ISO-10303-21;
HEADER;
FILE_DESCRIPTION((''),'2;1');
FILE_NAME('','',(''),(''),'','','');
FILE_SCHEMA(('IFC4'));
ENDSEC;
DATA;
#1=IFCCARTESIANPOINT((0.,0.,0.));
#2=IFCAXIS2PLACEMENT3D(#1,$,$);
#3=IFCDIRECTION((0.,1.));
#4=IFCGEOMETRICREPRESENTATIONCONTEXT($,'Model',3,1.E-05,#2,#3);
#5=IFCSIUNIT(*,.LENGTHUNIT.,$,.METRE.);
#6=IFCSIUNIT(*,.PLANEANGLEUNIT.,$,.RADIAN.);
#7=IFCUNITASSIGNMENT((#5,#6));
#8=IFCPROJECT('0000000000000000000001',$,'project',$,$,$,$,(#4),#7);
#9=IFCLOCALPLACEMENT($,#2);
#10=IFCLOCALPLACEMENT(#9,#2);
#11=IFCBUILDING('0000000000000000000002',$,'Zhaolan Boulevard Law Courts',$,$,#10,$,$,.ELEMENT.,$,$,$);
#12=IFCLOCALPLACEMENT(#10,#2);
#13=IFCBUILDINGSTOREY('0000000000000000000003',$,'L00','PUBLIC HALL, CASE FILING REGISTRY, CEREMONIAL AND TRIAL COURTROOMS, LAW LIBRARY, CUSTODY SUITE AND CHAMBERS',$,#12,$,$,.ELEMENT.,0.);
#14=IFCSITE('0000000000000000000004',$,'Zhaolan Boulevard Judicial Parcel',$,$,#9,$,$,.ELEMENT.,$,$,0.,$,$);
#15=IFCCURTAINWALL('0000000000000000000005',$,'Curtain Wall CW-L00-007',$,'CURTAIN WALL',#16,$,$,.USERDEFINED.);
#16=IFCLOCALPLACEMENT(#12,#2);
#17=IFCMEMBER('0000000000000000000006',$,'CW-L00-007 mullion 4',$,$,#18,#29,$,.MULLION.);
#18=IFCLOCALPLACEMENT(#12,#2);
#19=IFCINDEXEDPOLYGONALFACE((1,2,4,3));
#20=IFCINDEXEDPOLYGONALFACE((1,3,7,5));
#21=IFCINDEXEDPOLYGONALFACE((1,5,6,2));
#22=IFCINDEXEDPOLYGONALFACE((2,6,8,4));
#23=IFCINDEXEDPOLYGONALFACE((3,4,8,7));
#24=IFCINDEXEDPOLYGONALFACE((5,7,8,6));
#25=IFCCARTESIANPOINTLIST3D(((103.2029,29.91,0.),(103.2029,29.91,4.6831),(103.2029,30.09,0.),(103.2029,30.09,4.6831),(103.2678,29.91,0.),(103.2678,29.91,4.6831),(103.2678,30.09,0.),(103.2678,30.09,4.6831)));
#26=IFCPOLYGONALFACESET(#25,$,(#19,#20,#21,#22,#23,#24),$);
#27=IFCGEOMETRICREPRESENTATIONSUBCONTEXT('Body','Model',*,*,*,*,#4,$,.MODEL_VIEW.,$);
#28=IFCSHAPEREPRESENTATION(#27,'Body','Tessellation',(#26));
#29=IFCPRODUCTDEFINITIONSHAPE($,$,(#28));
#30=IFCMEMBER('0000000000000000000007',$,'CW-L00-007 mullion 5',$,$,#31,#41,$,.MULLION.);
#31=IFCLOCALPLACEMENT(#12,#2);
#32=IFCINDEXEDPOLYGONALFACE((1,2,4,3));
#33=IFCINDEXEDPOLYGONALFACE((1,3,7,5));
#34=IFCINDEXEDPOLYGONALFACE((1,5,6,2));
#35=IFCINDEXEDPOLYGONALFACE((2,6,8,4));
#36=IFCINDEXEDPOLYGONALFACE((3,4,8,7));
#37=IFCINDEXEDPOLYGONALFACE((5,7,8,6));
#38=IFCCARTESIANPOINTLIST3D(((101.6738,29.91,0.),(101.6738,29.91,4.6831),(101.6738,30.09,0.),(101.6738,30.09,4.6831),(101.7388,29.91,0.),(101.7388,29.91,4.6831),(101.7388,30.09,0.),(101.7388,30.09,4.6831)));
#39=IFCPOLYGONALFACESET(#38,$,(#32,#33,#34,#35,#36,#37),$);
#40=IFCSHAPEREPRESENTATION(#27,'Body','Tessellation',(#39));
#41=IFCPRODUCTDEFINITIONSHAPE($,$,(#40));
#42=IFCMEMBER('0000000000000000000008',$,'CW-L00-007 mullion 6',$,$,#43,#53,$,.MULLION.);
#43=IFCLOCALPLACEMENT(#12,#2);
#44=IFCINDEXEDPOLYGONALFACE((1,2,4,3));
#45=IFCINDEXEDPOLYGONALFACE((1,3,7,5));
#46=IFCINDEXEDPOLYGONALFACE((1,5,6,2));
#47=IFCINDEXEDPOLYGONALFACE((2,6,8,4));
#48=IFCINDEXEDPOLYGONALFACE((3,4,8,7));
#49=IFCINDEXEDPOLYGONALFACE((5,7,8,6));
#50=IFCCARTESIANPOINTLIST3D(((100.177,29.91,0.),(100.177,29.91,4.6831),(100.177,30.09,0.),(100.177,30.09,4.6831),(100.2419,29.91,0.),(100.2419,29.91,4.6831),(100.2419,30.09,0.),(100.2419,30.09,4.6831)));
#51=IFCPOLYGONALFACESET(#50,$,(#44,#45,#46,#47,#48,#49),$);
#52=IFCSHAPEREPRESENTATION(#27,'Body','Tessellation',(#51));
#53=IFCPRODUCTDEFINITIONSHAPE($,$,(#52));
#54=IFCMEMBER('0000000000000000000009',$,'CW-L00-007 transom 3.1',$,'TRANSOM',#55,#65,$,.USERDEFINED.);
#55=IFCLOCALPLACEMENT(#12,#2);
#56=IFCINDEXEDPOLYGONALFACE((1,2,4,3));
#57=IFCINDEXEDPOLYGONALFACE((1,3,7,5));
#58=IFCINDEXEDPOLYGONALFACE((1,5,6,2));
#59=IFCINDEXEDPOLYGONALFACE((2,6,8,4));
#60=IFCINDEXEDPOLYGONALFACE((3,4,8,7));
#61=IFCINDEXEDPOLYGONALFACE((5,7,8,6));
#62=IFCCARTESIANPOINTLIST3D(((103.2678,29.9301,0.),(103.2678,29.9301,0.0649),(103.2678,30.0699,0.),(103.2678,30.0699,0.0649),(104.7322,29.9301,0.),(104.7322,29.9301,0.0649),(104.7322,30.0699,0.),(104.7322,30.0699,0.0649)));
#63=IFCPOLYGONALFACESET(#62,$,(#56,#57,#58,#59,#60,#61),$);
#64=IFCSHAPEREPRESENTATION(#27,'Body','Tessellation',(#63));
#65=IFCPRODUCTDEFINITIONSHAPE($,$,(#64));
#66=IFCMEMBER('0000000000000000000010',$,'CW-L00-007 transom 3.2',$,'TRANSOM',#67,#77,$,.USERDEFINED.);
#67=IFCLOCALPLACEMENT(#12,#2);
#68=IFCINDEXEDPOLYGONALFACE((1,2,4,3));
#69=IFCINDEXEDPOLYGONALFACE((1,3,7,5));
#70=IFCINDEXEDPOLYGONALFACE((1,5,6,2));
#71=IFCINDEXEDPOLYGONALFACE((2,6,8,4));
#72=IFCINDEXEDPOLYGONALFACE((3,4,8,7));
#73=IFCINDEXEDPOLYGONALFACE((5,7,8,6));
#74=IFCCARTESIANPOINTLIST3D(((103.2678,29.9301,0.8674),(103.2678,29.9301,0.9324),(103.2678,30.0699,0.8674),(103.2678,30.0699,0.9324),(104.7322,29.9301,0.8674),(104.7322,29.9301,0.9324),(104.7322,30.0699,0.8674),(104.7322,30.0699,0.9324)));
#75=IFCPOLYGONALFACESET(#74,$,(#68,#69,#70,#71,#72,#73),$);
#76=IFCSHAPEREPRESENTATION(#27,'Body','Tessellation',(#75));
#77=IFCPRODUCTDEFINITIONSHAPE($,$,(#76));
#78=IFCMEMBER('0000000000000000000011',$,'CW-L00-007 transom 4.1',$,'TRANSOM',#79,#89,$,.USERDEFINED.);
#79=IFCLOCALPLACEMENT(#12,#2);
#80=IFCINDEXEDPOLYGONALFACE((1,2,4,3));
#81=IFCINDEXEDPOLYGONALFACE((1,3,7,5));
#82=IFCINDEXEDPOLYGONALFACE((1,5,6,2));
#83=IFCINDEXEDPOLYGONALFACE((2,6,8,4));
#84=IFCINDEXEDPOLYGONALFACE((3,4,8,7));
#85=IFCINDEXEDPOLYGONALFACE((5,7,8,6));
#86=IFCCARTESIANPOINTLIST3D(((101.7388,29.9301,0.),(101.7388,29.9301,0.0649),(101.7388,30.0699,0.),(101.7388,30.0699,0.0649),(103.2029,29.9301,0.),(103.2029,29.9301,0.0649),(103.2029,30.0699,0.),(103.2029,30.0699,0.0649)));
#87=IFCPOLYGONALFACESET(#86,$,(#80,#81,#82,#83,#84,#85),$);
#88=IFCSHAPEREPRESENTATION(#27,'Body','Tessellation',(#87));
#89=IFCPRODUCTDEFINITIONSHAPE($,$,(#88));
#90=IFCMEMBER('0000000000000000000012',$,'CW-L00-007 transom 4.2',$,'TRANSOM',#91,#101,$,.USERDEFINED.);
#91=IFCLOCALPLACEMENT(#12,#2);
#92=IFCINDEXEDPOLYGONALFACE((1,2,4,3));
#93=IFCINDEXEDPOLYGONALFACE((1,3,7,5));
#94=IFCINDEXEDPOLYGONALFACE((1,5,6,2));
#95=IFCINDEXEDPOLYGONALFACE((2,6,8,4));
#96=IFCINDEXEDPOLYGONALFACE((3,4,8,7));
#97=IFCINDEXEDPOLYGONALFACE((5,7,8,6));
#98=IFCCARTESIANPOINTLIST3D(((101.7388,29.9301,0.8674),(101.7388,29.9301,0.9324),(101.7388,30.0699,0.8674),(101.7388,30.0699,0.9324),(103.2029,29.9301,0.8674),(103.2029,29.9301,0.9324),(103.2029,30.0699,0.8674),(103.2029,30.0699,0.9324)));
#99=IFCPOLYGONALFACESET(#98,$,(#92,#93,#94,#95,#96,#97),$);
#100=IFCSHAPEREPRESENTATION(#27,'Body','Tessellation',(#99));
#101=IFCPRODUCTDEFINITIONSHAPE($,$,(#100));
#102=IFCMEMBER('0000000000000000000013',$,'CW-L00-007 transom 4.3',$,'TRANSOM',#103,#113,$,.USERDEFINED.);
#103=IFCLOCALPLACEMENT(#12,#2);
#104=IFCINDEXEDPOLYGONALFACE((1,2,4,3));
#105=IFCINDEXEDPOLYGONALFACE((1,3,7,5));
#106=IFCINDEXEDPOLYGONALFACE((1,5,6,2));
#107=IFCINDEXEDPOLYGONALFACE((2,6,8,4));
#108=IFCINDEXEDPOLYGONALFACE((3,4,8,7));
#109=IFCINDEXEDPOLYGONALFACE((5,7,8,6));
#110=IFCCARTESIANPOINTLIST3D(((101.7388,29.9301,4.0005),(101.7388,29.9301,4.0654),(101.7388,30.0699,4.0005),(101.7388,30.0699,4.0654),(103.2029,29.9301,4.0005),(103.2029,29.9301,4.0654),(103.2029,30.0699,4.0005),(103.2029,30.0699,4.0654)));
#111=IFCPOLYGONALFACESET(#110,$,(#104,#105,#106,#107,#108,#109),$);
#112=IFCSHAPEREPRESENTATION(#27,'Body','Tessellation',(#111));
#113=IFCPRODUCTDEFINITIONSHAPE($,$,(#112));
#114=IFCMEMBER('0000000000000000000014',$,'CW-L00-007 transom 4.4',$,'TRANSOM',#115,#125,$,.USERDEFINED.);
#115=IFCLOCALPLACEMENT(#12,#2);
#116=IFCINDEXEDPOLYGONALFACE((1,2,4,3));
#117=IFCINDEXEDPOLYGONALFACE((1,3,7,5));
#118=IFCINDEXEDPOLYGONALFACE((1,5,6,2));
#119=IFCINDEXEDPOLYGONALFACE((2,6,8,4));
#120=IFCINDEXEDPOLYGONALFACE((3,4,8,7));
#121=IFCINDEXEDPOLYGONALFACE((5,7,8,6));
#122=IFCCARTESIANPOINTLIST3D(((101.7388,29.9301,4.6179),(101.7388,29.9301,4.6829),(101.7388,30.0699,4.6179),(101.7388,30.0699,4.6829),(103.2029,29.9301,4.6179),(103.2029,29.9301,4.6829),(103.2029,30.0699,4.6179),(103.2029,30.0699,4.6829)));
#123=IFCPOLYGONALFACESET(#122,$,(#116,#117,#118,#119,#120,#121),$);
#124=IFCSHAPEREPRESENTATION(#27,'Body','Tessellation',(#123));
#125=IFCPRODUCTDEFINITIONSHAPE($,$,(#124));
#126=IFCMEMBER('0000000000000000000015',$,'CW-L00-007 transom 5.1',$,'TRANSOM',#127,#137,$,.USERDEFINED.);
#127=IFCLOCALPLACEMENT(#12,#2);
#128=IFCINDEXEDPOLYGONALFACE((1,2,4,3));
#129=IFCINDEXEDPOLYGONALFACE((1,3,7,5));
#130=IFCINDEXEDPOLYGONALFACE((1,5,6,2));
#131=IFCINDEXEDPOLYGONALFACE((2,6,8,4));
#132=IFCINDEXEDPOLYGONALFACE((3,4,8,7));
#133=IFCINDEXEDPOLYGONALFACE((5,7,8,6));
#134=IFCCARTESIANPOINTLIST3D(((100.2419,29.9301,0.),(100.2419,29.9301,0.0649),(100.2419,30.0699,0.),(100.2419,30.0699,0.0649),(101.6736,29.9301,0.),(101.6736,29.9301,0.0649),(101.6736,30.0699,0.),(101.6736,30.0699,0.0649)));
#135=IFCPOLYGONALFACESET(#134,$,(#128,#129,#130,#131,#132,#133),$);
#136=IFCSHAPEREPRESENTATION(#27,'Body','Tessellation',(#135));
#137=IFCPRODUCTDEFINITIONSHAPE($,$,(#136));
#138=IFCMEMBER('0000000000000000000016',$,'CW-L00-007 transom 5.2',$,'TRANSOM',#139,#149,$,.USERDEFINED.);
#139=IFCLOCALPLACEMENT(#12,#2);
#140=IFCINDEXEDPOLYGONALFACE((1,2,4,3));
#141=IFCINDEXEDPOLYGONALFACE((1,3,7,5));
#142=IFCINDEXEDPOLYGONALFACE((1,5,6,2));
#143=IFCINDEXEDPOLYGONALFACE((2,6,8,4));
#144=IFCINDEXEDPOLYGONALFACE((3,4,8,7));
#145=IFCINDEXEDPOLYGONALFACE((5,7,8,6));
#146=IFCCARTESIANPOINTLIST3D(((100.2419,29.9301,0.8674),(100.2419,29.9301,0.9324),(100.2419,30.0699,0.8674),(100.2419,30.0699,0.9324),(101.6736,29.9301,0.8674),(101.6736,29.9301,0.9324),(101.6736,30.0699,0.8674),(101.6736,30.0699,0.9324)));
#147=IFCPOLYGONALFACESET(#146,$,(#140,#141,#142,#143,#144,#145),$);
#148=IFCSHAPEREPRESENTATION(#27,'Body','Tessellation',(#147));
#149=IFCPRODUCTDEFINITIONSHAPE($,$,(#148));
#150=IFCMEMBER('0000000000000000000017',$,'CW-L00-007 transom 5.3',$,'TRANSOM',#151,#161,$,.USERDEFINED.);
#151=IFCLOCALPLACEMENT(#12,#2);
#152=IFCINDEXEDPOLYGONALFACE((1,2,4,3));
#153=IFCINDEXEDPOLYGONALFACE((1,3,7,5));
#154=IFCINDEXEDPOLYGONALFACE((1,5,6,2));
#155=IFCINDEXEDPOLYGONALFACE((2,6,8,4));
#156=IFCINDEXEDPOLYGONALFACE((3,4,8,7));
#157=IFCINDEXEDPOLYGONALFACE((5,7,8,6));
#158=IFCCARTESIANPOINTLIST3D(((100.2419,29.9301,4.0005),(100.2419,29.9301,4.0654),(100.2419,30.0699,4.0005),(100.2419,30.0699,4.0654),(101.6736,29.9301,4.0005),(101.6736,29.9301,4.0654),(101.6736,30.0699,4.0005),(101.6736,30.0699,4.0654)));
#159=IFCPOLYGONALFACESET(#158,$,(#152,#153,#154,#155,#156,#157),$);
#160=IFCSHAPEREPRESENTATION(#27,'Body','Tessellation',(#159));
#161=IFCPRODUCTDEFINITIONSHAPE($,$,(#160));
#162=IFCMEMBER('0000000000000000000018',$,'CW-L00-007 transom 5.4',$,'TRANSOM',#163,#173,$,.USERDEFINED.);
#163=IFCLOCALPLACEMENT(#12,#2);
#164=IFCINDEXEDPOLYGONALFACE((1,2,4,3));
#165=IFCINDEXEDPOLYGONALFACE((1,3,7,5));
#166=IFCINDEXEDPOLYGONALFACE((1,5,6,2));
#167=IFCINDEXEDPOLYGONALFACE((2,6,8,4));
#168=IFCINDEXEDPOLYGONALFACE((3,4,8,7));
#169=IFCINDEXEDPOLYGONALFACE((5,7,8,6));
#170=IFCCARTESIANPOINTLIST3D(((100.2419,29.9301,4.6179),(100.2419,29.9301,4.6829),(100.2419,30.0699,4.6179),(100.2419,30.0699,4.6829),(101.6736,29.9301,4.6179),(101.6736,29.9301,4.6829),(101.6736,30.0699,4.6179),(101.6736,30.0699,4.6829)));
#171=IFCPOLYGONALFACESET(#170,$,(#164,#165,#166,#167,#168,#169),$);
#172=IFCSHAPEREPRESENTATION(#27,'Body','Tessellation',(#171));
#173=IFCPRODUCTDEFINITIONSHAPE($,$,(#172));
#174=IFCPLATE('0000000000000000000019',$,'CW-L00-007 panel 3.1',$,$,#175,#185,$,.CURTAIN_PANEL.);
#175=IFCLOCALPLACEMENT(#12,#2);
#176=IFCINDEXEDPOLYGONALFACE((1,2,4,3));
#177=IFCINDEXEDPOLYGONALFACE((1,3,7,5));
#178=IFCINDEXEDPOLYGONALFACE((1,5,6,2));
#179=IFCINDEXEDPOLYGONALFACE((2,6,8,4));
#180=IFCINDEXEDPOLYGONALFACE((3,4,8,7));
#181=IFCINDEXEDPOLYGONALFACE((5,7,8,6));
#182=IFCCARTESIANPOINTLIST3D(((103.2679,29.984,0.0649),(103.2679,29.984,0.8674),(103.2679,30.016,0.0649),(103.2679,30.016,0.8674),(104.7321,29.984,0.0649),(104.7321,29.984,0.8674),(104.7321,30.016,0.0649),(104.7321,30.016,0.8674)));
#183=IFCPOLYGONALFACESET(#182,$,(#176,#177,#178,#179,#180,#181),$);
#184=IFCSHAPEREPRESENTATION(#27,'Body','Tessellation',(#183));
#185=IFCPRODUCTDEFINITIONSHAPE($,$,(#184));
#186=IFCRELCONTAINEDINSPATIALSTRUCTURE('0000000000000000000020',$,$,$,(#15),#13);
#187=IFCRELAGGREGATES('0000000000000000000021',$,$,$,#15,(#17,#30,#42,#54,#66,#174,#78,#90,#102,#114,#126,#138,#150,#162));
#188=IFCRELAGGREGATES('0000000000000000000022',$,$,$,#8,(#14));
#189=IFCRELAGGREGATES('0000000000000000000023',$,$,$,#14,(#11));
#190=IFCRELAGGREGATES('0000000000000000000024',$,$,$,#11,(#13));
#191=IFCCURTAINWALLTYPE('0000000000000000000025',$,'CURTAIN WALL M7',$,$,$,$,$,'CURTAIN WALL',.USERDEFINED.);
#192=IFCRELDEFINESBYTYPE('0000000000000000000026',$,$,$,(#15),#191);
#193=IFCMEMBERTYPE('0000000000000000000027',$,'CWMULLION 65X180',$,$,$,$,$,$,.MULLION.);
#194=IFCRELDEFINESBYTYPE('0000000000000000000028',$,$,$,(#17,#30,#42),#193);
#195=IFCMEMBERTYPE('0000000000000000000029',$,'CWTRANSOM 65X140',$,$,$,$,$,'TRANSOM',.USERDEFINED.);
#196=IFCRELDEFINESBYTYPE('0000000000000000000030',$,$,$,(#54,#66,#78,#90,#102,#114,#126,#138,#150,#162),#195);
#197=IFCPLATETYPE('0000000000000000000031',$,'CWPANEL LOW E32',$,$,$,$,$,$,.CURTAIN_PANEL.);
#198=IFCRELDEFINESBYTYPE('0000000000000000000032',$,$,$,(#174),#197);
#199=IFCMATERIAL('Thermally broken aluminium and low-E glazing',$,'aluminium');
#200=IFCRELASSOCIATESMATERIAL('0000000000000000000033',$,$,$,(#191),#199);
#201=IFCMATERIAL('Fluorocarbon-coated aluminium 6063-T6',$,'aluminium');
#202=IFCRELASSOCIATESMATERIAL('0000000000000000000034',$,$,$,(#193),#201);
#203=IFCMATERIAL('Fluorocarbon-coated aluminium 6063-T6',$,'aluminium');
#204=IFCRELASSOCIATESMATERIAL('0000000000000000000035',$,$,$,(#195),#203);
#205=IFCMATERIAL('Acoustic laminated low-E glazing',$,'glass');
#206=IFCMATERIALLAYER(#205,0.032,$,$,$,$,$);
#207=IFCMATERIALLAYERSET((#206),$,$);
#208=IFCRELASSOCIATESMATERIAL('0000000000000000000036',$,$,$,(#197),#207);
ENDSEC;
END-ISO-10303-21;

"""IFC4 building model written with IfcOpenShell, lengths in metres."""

from ifc_helpers import new_model, si_unit, direction, frame, origin, origin_2d, place, context, subcontext, project, spatial, rectangle, extrude, material, layer, layer_set, material_profile, profile_set, type_object, element, aggregate, save


model = new_model("IFC4")

# Units and contexts
model_context = context("Model", 3, precision=1e-05, world=origin(), true_north=direction((0.0, 1.0)))
body_context = subcontext(model_context, "Body", "Model", "MODEL_VIEW")
ifc_project = project(units=[si_unit("LENGTHUNIT", "METRE"), si_unit("PLANEANGLEUNIT", "RADIAN")], contexts=[model_context])

# Site, building, storey
site_placement = place(None, origin())
site = spatial("IfcSite", under=ifc_project, at=site_placement, Name="Zhaolan Boulevard Judicial Parcel", CompositionType="ELEMENT", RefElevation=0.0)
building_placement = place(site_placement, origin())
building = spatial("IfcBuilding", under=site, at=building_placement, Name="Zhaolan Boulevard Law Courts", CompositionType="ELEMENT")
storey_placement = place(building_placement, origin())
storey = spatial("IfcBuildingStorey", under=building, at=storey_placement, Name="L00", Description="PUBLIC HALL, CASE FILING REGISTRY, CEREMONIAL AND TRIAL COURTROOMS, LAW LIBRARY, CUSTODY SUITE AND CHAMBERS", CompositionType="ELEMENT", Elevation=0.0)

# Curtain wall, members, plate
ifc_material_1 = material(Name="Thermally broken aluminium and low-E glazing", Category="aluminium")
curtain_wall_type = type_object("IfcCurtainWallType", Name="CURTAIN WALL M7", ElementType="CURTAIN WALL", PredefinedType="USERDEFINED", material=ifc_material_1)
curtain_wall_placement = place(storey_placement, origin())
curtain_wall = element("IfcCurtainWall", 1, at=curtain_wall_placement, inside=storey, type_object=curtain_wall_type, Name="Curtain Wall CW-L00-007", ObjectType="CURTAIN WALL", PredefinedType="USERDEFINED")
ifc_material_2 = material(Name="Fluorocarbon-coated aluminium 6063-T6", Category="aluminium")
ifc_material_profile_1 = material_profile(ifc_material_2, rectangle(XDim=0.1799, YDim=0.0649, at=origin_2d()), Name="AL65x180")
ifc_profile_set_1 = profile_set([ifc_material_profile_1], Name="Fluorocarbon-coated aluminium 6063-T6")
member_type_1 = type_object("IfcMemberType", Name="CWMULLION 65X180", PredefinedType="MULLION", material=ifc_profile_set_1)
member_1_placement = place(storey_placement, frame((103.2354, 30.0, 0.0), z_axis=(0.0, 0.0, 1.0), x_axis=(0.0, -1.0, 0.0)))
member_1 = element("IfcMember", 2, at=member_1_placement, type_object=member_type_1, Name="CW-L00-007 mullion 4", PredefinedType="MULLION", context=body_context, shape_type="SweptSolid", body=[
    extrude(rectangle(XDim=0.1799, YDim=0.0649, at=origin_2d()), origin(), (0.0, 0.0, 1.0), 4.6831),
])
member_2_placement = place(storey_placement, frame((101.7063, 30.0, 0.0), z_axis=(0.0, 0.0, 1.0), x_axis=(0.0, -1.0, 0.0)))
member_2 = element("IfcMember", 3, at=member_2_placement, type_object=member_type_1, Name="CW-L00-007 mullion 5", PredefinedType="MULLION", context=body_context, shape_type="SweptSolid", body=[
    extrude(rectangle(XDim=0.1799, YDim=0.0649, at=origin_2d()), origin(), (0.0, 0.0, 1.0), 4.6831),
])
member_3_placement = place(storey_placement, frame((100.2095, 30.0, 0.0), z_axis=(0.0, 0.0, 1.0), x_axis=(0.0, -1.0, 0.0)))
member_3 = element("IfcMember", 4, at=member_3_placement, type_object=member_type_1, Name="CW-L00-007 mullion 6", PredefinedType="MULLION", context=body_context, shape_type="SweptSolid", body=[
    extrude(rectangle(XDim=0.1799, YDim=0.0649, at=origin_2d()), origin(), (0.0, 0.0, 1.0), 4.6831),
])
ifc_material_3 = material(Name="Fluorocarbon-coated aluminium 6063-T6", Category="aluminium")
ifc_material_profile_2 = material_profile(ifc_material_3, rectangle(XDim=0.1399, YDim=0.0649, at=origin_2d()), Name="AL65x140")
ifc_profile_set_2 = profile_set([ifc_material_profile_2], Name="Fluorocarbon-coated aluminium 6063-T6")
member_type_2 = type_object("IfcMemberType", Name="CWTRANSOM 65X140", ElementType="TRANSOM", PredefinedType="USERDEFINED", material=ifc_profile_set_2)
member_4_placement = place(storey_placement, frame((104.7322, 30.0, 0.0325), z_axis=(-1.0, 0.0, 0.0), x_axis=(0.0, -1.0, 0.0)))
member_4 = element("IfcMember", 5, at=member_4_placement, type_object=member_type_2, Name="CW-L00-007 transom 3.1", ObjectType="TRANSOM", PredefinedType="USERDEFINED", context=body_context, shape_type="SweptSolid", body=[
    extrude(rectangle(XDim=0.1399, YDim=0.0649, at=origin_2d()), origin(), (0.0, 0.0, 1.0), 1.4644),
])
member_5_placement = place(storey_placement, frame((104.7322, 30.0, 0.8999), z_axis=(-1.0, 0.0, 0.0), x_axis=(0.0, -1.0, 0.0)))
member_5 = element("IfcMember", 6, at=member_5_placement, type_object=member_type_2, Name="CW-L00-007 transom 3.2", ObjectType="TRANSOM", PredefinedType="USERDEFINED", context=body_context, shape_type="SweptSolid", body=[
    extrude(rectangle(XDim=0.1399, YDim=0.0649, at=origin_2d()), origin(), (0.0, 0.0, 1.0), 1.4644),
])
member_6_placement = place(storey_placement, frame((103.2029, 30.0, 0.0325), z_axis=(-1.0, 0.0, 0.0), x_axis=(0.0, -1.0, 0.0)))
member_6 = element("IfcMember", 7, at=member_6_placement, type_object=member_type_2, Name="CW-L00-007 transom 4.1", ObjectType="TRANSOM", PredefinedType="USERDEFINED", context=body_context, shape_type="SweptSolid", body=[
    extrude(rectangle(XDim=0.1399, YDim=0.0649, at=origin_2d()), origin(), (0.0, 0.0, 1.0), 1.4641),
])
member_7_placement = place(storey_placement, frame((103.2029, 30.0, 0.8999), z_axis=(-1.0, 0.0, 0.0), x_axis=(0.0, -1.0, 0.0)))
member_7 = element("IfcMember", 8, at=member_7_placement, type_object=member_type_2, Name="CW-L00-007 transom 4.2", ObjectType="TRANSOM", PredefinedType="USERDEFINED", context=body_context, shape_type="SweptSolid", body=[
    extrude(rectangle(XDim=0.1399, YDim=0.0649, at=origin_2d()), origin(), (0.0, 0.0, 1.0), 1.4641),
])
member_8_placement = place(storey_placement, frame((103.2029, 30.0, 4.033), z_axis=(-1.0, 0.0, 0.0), x_axis=(0.0, -1.0, 0.0)))
member_8 = element("IfcMember", 9, at=member_8_placement, type_object=member_type_2, Name="CW-L00-007 transom 4.3", ObjectType="TRANSOM", PredefinedType="USERDEFINED", context=body_context, shape_type="SweptSolid", body=[
    extrude(rectangle(XDim=0.1399, YDim=0.0649, at=origin_2d()), origin(), (0.0, 0.0, 1.0), 1.4641),
])
member_9_placement = place(storey_placement, frame((103.2029, 30.0, 4.6504), z_axis=(-1.0, 0.0, 0.0), x_axis=(0.0, -1.0, 0.0)))
member_9 = element("IfcMember", 10, at=member_9_placement, type_object=member_type_2, Name="CW-L00-007 transom 4.4", ObjectType="TRANSOM", PredefinedType="USERDEFINED", context=body_context, shape_type="SweptSolid", body=[
    extrude(rectangle(XDim=0.1399, YDim=0.0649, at=origin_2d()), origin(), (0.0, 0.0, 1.0), 1.4641),
])
member_10_placement = place(storey_placement, frame((101.6736, 30.0, 0.0325), z_axis=(-1.0, 0.0, 0.0), x_axis=(0.0, -1.0, 0.0)))
member_10 = element("IfcMember", 11, at=member_10_placement, type_object=member_type_2, Name="CW-L00-007 transom 5.1", ObjectType="TRANSOM", PredefinedType="USERDEFINED", context=body_context, shape_type="SweptSolid", body=[
    extrude(rectangle(XDim=0.1399, YDim=0.0649, at=origin_2d()), origin(), (0.0, 0.0, 1.0), 1.4316),
])
member_11_placement = place(storey_placement, frame((101.6736, 30.0, 0.8999), z_axis=(-1.0, 0.0, 0.0), x_axis=(0.0, -1.0, 0.0)))
member_11 = element("IfcMember", 12, at=member_11_placement, type_object=member_type_2, Name="CW-L00-007 transom 5.2", ObjectType="TRANSOM", PredefinedType="USERDEFINED", context=body_context, shape_type="SweptSolid", body=[
    extrude(rectangle(XDim=0.1399, YDim=0.0649, at=origin_2d()), origin(), (0.0, 0.0, 1.0), 1.4316),
])
member_12_placement = place(storey_placement, frame((101.6736, 30.0, 4.033), z_axis=(-1.0, 0.0, 0.0), x_axis=(0.0, -1.0, 0.0)))
member_12 = element("IfcMember", 13, at=member_12_placement, type_object=member_type_2, Name="CW-L00-007 transom 5.3", ObjectType="TRANSOM", PredefinedType="USERDEFINED", context=body_context, shape_type="SweptSolid", body=[
    extrude(rectangle(XDim=0.1399, YDim=0.0649, at=origin_2d()), origin(), (0.0, 0.0, 1.0), 1.4316),
])
member_13_placement = place(storey_placement, frame((101.6736, 30.0, 4.6504), z_axis=(-1.0, 0.0, 0.0), x_axis=(0.0, -1.0, 0.0)))
member_13 = element("IfcMember", 14, at=member_13_placement, type_object=member_type_2, Name="CW-L00-007 transom 5.4", ObjectType="TRANSOM", PredefinedType="USERDEFINED", context=body_context, shape_type="SweptSolid", body=[
    extrude(rectangle(XDim=0.1399, YDim=0.0649, at=origin_2d()), origin(), (0.0, 0.0, 1.0), 1.4316),
])
ifc_material_4 = material(Name="Acoustic laminated low-E glazing", Category="glass")
ifc_layer_1 = layer(ifc_material_4, 0.032)
ifc_layer_set_1 = layer_set([ifc_layer_1])
plate_type = type_object("IfcPlateType", Name="CWPANEL LOW E32", PredefinedType="CURTAIN_PANEL", material=ifc_layer_set_1)
plate_1_placement = place(storey_placement, frame((104.0, 30.0, 0.0649), z_axis=(0.0, 0.0, 1.0), x_axis=(-1.0, 0.0, 0.0)))
plate_1 = element("IfcPlate", 15, at=plate_1_placement, type_object=plate_type, Name="CW-L00-007 panel 3.1", PredefinedType="CURTAIN_PANEL", context=body_context, shape_type="SweptSolid", body=[
    extrude(rectangle(XDim=1.4641, YDim=0.032, at=origin_2d()), origin(), (0.0, 0.0, 1.0), 0.8025),
])
aggregate(curtain_wall, [member_1, member_2, member_3, member_4, member_5, plate_1, member_6, member_7, member_8, member_9, member_10, member_11, member_12, member_13])

save(model, "model.ifc")
